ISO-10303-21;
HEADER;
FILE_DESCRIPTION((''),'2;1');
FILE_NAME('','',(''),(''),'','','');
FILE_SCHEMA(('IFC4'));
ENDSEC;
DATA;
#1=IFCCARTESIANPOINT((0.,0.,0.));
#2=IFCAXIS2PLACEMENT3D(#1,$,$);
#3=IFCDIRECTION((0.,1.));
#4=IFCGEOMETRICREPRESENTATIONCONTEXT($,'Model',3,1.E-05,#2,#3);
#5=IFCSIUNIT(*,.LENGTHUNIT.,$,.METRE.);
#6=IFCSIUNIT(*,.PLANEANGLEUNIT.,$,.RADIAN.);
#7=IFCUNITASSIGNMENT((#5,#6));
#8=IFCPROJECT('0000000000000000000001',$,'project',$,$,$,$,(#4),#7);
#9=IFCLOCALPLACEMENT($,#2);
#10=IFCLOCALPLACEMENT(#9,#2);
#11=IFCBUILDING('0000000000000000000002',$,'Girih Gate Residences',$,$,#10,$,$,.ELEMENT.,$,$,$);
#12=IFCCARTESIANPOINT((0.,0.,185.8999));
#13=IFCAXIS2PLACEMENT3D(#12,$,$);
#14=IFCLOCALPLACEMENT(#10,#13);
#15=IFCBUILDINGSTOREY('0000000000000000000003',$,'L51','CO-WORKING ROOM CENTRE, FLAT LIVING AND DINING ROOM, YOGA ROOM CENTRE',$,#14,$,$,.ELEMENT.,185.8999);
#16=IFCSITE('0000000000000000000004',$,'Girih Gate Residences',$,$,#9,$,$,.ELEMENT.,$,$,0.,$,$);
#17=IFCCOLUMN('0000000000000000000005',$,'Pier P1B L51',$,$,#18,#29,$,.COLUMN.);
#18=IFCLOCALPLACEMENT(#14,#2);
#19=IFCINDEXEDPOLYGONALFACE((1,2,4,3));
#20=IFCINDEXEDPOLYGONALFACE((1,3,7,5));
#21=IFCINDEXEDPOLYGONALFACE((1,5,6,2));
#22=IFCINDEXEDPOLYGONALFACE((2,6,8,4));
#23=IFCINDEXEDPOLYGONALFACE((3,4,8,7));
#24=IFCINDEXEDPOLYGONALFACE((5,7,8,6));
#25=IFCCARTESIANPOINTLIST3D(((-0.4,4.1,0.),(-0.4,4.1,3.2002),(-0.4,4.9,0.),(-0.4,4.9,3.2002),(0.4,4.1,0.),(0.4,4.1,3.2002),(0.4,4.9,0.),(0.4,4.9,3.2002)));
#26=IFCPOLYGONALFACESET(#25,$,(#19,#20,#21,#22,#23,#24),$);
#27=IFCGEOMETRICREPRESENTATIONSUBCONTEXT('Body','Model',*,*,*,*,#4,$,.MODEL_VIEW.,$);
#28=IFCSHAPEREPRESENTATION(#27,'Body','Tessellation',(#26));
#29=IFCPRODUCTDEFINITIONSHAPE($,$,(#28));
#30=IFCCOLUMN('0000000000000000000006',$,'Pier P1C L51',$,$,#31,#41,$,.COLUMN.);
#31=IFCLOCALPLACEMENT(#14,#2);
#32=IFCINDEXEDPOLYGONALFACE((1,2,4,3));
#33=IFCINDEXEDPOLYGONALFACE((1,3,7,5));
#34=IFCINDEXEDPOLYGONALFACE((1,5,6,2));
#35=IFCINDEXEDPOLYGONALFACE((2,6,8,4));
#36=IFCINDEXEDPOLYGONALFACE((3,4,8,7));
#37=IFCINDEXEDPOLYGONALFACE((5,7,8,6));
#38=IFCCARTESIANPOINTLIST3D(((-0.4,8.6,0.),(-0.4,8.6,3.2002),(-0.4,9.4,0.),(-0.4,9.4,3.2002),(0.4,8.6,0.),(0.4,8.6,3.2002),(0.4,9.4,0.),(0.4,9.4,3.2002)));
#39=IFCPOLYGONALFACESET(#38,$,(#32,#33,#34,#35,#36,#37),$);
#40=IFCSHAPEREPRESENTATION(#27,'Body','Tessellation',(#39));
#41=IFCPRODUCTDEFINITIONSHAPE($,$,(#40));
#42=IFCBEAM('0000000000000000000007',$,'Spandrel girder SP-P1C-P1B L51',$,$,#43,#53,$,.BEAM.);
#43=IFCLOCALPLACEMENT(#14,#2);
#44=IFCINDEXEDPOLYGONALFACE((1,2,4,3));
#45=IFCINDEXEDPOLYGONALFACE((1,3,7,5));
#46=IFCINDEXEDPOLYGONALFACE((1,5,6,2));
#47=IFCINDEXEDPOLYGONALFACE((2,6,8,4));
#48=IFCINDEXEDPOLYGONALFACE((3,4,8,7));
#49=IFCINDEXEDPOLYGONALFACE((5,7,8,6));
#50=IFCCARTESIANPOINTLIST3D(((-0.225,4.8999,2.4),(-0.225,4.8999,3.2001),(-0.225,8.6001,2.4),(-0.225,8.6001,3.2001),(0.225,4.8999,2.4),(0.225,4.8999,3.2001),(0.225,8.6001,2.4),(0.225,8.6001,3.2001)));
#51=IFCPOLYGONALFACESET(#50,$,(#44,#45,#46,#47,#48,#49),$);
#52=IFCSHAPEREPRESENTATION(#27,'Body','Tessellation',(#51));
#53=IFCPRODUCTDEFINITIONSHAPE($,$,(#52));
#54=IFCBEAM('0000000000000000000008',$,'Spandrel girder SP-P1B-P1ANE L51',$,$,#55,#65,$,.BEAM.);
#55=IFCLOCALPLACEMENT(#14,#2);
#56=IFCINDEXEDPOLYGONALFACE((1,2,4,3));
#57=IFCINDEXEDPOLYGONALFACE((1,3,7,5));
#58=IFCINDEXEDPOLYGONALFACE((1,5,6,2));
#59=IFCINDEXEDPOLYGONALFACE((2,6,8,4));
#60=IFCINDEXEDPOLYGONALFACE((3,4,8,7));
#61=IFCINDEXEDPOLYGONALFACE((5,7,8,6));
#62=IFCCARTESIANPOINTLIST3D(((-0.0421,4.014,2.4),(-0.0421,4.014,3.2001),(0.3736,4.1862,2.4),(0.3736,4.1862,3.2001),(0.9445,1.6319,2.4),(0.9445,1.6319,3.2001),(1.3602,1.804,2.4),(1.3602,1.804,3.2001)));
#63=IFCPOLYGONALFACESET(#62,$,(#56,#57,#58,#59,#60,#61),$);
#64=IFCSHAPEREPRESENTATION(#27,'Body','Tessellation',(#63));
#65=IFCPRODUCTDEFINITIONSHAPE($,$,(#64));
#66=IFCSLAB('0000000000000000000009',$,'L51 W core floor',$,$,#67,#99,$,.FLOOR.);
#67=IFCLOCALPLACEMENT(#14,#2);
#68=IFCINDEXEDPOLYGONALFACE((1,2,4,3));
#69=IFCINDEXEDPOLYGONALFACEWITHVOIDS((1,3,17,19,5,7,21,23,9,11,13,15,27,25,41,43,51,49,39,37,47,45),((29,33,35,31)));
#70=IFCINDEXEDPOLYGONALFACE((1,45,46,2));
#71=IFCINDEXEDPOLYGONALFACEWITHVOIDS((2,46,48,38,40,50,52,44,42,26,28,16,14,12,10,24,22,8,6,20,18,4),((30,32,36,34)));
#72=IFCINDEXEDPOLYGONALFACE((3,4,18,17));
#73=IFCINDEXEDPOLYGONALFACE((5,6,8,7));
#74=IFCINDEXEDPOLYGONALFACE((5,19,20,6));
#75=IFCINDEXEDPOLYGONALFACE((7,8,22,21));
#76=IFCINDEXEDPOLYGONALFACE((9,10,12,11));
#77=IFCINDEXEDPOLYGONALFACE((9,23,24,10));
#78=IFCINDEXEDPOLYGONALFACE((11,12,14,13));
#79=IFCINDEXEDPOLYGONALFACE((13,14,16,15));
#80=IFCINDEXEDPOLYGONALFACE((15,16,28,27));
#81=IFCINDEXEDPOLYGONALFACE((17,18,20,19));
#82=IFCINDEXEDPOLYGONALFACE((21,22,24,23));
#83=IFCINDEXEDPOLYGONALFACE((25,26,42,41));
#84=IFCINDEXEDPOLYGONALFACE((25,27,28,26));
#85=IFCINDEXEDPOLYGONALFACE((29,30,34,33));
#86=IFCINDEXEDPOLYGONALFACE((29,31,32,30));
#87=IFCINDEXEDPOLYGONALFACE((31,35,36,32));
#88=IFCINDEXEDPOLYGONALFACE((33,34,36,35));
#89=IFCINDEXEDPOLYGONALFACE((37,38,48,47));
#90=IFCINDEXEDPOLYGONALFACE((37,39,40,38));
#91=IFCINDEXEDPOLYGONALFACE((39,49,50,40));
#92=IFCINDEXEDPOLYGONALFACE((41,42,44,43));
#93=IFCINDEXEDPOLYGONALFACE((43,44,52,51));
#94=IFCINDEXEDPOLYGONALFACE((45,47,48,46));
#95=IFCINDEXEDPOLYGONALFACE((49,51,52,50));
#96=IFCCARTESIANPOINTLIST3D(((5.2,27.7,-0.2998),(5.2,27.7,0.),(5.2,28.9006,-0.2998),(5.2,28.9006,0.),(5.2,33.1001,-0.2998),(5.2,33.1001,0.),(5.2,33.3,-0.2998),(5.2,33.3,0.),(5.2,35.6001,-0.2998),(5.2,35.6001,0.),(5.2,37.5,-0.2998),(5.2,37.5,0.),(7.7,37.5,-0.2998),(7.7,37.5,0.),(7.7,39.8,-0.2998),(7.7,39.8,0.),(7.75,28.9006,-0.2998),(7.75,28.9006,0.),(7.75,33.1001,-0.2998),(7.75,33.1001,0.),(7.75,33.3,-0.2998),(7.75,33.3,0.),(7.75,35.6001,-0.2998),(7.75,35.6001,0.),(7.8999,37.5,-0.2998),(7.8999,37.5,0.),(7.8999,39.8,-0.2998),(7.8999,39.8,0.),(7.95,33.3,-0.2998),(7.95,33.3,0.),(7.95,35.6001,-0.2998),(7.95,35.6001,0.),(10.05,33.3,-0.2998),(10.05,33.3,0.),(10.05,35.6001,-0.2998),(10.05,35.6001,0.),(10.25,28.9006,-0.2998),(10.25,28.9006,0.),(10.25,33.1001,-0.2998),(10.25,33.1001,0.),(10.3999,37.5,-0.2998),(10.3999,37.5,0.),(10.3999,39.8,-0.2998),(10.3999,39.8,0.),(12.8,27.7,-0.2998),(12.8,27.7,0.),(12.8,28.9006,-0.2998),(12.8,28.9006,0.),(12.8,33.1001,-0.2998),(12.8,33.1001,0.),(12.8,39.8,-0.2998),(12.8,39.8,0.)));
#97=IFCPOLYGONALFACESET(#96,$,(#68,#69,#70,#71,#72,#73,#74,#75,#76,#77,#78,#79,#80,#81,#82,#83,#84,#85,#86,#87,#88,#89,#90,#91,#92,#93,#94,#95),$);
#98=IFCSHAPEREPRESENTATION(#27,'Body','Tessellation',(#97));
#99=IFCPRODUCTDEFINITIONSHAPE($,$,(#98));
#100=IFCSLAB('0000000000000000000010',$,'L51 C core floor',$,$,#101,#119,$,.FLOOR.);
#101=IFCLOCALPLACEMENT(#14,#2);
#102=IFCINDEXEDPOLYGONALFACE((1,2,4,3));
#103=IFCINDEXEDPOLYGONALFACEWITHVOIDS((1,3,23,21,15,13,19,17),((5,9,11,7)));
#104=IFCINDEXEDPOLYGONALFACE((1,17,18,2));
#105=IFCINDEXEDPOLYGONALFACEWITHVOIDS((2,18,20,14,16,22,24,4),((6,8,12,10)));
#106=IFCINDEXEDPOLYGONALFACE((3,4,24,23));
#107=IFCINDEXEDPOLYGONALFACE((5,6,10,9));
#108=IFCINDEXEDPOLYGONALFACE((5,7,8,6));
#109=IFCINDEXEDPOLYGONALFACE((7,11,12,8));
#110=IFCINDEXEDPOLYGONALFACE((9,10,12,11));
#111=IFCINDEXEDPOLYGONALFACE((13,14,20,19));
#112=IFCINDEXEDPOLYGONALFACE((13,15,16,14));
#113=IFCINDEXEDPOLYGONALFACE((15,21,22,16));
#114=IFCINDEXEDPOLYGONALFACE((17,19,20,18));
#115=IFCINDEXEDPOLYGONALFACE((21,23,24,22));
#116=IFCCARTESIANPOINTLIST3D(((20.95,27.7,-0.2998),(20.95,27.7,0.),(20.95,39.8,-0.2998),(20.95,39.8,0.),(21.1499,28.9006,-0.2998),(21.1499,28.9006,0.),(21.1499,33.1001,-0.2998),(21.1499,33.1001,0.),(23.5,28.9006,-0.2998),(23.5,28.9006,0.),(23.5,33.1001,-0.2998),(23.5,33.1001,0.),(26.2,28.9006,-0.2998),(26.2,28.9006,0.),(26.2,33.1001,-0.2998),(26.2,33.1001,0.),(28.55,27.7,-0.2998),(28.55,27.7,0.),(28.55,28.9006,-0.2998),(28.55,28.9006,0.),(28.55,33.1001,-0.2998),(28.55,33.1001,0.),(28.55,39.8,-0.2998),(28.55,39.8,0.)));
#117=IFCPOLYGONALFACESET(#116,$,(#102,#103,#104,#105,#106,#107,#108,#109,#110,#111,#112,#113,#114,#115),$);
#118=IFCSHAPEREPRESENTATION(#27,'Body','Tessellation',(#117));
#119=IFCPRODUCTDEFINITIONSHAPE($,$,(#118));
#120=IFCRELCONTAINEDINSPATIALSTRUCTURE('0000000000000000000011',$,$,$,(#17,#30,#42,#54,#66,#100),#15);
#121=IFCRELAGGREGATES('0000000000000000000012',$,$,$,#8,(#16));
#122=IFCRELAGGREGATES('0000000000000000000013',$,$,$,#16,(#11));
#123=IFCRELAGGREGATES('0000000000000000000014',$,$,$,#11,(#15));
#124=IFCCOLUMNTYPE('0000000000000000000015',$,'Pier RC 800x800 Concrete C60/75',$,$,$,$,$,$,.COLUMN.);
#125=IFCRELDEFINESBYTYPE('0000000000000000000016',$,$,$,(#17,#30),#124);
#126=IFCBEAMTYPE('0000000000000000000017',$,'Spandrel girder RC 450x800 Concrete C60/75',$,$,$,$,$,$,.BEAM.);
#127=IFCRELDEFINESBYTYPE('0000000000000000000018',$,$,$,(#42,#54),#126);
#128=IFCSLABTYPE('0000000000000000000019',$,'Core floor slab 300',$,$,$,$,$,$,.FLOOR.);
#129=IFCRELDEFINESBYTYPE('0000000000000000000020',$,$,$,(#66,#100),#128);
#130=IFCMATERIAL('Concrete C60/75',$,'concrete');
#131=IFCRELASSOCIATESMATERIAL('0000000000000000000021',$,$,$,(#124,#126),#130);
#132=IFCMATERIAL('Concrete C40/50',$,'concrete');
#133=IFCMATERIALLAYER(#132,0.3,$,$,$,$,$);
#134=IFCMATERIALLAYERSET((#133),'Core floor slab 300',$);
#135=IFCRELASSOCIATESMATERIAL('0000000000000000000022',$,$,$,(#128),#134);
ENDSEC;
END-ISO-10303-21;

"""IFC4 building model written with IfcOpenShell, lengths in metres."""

from ifc_helpers import new_model, si_unit, direction, frame, origin, origin_2d, place, context, subcontext, project, spatial, polyline, rectangle, outline, extrude, material, layer, layer_set, material_profile, profile_set, type_object, element, save


model = new_model("IFC4")

# Units and contexts
model_context = context("Model", 3, precision=1e-05, world=origin(), true_north=direction((0.0, 1.0)))
body_context = subcontext(model_context, "Body", "Model", "MODEL_VIEW")
ifc_project = project(units=[si_unit("LENGTHUNIT", "METRE"), si_unit("PLANEANGLEUNIT", "RADIAN")], contexts=[model_context])

# Site, building, storey
site_placement = place(None, origin())
site = spatial("IfcSite", under=ifc_project, at=site_placement, Name="Girih Gate Residences", CompositionType="ELEMENT", RefElevation=0.0)
building_placement = place(site_placement, origin())
building = spatial("IfcBuilding", under=site, at=building_placement, Name="Girih Gate Residences", CompositionType="ELEMENT")
storey_placement = place(building_placement, frame((0.0, 0.0, 185.8999)))
storey = spatial("IfcBuildingStorey", under=building, at=storey_placement, Name="L51", Description="CO-WORKING ROOM CENTRE, FLAT LIVING AND DINING ROOM, YOGA ROOM CENTRE", CompositionType="ELEMENT", Elevation=185.8999)

# Columns
ifc_material_1 = material(Name="Concrete C60/75", Category="concrete")
ifc_material_profile_1 = material_profile(ifc_material_1, rectangle(XDim=0.8, YDim=0.8, at=origin_2d()))
ifc_profile_set_1 = profile_set([ifc_material_profile_1], Name="Concrete C60/75")
column_type = type_object("IfcColumnType", Name="Pier RC 800x800 Concrete C60/75", PredefinedType="COLUMN", material=ifc_profile_set_1)
for number, where, z_axis, x_axis, name in (
    (1, (0.0, 4.5, 0.0), (0.0, 0.0, 1.0), (1.0, 0.0, 0.0), "Pier P1B L51"),
    (2, (0.0, 9.0, 0.0), (0.0, 0.0, 1.0), (1.0, 0.0, 0.0), "Pier P1C L51"),
):
    element("IfcColumn", number, at=place(storey_placement, frame(where, z_axis=z_axis, x_axis=x_axis)), inside=storey, type_object=column_type, Name=name, PredefinedType="COLUMN", context=body_context, shape_type="SweptSolid", body=[
        extrude(rectangle(XDim=0.8, YDim=0.8, at=origin_2d()), origin(), (0.0, 0.0, 1.0), 3.2002),
    ])

# Beams
ifc_material_profile_2 = material_profile(ifc_material_1, rectangle(XDim=0.45, YDim=0.8, at=origin_2d()))
ifc_profile_set_2 = profile_set([ifc_material_profile_2], Name="Concrete C60/75")
beam_type = type_object("IfcBeamType", Name="Spandrel girder RC 450x800 Concrete C60/75", PredefinedType="BEAM", material=ifc_profile_set_2)
beam_1_placement = place(storey_placement, frame((0.0, 8.6001, 2.8), z_axis=(0.0, -1.0, 0.0), x_axis=(1.0, 0.0, 0.0)))
element("IfcBeam", 3, at=beam_1_placement, inside=storey, type_object=beam_type, Name="Spandrel girder SP-P1C-P1B L51", PredefinedType="BEAM", context=body_context, shape_type="SweptSolid", body=[
    extrude(rectangle(XDim=0.45, YDim=0.8, at=origin_2d()), origin(), (0.0, 0.0, 1.0), 3.7002),
])
beam_2_placement = place(storey_placement, frame((0.1658, 4.1001, 2.8), z_axis=(0.382644, -0.923896, 0.0), x_axis=(0.923896, 0.382644, 0.0)))
element("IfcBeam", 4, at=beam_2_placement, inside=storey, type_object=beam_type, Name="Spandrel girder SP-P1B-P1ANE L51", PredefinedType="BEAM", context=body_context, shape_type="SweptSolid", body=[
    extrude(rectangle(XDim=0.45, YDim=0.8, at=origin_2d()), origin(), (0.0, 0.0, 1.0), 2.5784),
])

# Slabs
ifc_material_2 = material(Name="Concrete C40/50", Category="concrete")
ifc_layer_1 = layer(ifc_material_2, 0.3)
ifc_layer_set_1 = layer_set([ifc_layer_1], Name="Core floor slab 300")
slab_type_1 = type_object("IfcSlabType", Name="Core floor slab 300", PredefinedType="FLOOR", material=ifc_layer_set_1)
slab_1_placement = place(storey_placement, frame((0.0, 0.0, -0.2998)))
element("IfcSlab", 5, at=slab_1_placement, inside=storey, type_object=slab_type_1, Name="L51 W core floor", PredefinedType="FLOOR", context=body_context, shape_type="SweptSolid", body=[
    extrude(outline(polyline([(12.8, 27.7), (5.2, 27.7), (5.2, 28.9006), (7.75, 28.9006), (7.75, 33.1001), (5.2, 33.1001), (5.2, 33.3), (7.75, 33.3), (7.75, 35.6001), (5.2, 35.6001), (5.2, 37.5), (7.7, 37.5), (7.7, 39.8), (7.8999, 39.8), (7.8999, 37.5), (10.3999, 37.5), (10.3999, 39.8), (12.8, 39.8), (12.8, 33.1001), (10.25, 33.1001), (10.25, 28.9006), (12.8, 28.9006), (12.8, 27.7)]), holes=[polyline([(7.95, 33.3), (10.05, 33.3), (10.05, 35.6001), (7.95, 35.6001), (7.95, 33.3)])]), origin(), (0.0, 0.0, 1.0), 0.2998),
])
slab_2_placement = place(storey_placement, frame((0.0, 0.0, -0.2998)))
element("IfcSlab", 6, at=slab_2_placement, inside=storey, type_object=slab_type_1, Name="L51 C core floor", PredefinedType="FLOOR", context=body_context, shape_type="SweptSolid", body=[
    extrude(outline(polyline([(28.55, 27.7), (20.95, 27.7), (20.95, 39.8), (28.55, 39.8), (28.55, 33.1001), (26.2, 33.1001), (26.2, 28.9006), (28.55, 28.9006), (28.55, 27.7)]), holes=[polyline([(23.5, 28.9006), (23.5, 33.1001), (21.1499, 33.1001), (21.1499, 28.9006), (23.5, 28.9006)])]), origin(), (0.0, 0.0, 1.0), 0.2998),
])

save(model, "model.ifc")
